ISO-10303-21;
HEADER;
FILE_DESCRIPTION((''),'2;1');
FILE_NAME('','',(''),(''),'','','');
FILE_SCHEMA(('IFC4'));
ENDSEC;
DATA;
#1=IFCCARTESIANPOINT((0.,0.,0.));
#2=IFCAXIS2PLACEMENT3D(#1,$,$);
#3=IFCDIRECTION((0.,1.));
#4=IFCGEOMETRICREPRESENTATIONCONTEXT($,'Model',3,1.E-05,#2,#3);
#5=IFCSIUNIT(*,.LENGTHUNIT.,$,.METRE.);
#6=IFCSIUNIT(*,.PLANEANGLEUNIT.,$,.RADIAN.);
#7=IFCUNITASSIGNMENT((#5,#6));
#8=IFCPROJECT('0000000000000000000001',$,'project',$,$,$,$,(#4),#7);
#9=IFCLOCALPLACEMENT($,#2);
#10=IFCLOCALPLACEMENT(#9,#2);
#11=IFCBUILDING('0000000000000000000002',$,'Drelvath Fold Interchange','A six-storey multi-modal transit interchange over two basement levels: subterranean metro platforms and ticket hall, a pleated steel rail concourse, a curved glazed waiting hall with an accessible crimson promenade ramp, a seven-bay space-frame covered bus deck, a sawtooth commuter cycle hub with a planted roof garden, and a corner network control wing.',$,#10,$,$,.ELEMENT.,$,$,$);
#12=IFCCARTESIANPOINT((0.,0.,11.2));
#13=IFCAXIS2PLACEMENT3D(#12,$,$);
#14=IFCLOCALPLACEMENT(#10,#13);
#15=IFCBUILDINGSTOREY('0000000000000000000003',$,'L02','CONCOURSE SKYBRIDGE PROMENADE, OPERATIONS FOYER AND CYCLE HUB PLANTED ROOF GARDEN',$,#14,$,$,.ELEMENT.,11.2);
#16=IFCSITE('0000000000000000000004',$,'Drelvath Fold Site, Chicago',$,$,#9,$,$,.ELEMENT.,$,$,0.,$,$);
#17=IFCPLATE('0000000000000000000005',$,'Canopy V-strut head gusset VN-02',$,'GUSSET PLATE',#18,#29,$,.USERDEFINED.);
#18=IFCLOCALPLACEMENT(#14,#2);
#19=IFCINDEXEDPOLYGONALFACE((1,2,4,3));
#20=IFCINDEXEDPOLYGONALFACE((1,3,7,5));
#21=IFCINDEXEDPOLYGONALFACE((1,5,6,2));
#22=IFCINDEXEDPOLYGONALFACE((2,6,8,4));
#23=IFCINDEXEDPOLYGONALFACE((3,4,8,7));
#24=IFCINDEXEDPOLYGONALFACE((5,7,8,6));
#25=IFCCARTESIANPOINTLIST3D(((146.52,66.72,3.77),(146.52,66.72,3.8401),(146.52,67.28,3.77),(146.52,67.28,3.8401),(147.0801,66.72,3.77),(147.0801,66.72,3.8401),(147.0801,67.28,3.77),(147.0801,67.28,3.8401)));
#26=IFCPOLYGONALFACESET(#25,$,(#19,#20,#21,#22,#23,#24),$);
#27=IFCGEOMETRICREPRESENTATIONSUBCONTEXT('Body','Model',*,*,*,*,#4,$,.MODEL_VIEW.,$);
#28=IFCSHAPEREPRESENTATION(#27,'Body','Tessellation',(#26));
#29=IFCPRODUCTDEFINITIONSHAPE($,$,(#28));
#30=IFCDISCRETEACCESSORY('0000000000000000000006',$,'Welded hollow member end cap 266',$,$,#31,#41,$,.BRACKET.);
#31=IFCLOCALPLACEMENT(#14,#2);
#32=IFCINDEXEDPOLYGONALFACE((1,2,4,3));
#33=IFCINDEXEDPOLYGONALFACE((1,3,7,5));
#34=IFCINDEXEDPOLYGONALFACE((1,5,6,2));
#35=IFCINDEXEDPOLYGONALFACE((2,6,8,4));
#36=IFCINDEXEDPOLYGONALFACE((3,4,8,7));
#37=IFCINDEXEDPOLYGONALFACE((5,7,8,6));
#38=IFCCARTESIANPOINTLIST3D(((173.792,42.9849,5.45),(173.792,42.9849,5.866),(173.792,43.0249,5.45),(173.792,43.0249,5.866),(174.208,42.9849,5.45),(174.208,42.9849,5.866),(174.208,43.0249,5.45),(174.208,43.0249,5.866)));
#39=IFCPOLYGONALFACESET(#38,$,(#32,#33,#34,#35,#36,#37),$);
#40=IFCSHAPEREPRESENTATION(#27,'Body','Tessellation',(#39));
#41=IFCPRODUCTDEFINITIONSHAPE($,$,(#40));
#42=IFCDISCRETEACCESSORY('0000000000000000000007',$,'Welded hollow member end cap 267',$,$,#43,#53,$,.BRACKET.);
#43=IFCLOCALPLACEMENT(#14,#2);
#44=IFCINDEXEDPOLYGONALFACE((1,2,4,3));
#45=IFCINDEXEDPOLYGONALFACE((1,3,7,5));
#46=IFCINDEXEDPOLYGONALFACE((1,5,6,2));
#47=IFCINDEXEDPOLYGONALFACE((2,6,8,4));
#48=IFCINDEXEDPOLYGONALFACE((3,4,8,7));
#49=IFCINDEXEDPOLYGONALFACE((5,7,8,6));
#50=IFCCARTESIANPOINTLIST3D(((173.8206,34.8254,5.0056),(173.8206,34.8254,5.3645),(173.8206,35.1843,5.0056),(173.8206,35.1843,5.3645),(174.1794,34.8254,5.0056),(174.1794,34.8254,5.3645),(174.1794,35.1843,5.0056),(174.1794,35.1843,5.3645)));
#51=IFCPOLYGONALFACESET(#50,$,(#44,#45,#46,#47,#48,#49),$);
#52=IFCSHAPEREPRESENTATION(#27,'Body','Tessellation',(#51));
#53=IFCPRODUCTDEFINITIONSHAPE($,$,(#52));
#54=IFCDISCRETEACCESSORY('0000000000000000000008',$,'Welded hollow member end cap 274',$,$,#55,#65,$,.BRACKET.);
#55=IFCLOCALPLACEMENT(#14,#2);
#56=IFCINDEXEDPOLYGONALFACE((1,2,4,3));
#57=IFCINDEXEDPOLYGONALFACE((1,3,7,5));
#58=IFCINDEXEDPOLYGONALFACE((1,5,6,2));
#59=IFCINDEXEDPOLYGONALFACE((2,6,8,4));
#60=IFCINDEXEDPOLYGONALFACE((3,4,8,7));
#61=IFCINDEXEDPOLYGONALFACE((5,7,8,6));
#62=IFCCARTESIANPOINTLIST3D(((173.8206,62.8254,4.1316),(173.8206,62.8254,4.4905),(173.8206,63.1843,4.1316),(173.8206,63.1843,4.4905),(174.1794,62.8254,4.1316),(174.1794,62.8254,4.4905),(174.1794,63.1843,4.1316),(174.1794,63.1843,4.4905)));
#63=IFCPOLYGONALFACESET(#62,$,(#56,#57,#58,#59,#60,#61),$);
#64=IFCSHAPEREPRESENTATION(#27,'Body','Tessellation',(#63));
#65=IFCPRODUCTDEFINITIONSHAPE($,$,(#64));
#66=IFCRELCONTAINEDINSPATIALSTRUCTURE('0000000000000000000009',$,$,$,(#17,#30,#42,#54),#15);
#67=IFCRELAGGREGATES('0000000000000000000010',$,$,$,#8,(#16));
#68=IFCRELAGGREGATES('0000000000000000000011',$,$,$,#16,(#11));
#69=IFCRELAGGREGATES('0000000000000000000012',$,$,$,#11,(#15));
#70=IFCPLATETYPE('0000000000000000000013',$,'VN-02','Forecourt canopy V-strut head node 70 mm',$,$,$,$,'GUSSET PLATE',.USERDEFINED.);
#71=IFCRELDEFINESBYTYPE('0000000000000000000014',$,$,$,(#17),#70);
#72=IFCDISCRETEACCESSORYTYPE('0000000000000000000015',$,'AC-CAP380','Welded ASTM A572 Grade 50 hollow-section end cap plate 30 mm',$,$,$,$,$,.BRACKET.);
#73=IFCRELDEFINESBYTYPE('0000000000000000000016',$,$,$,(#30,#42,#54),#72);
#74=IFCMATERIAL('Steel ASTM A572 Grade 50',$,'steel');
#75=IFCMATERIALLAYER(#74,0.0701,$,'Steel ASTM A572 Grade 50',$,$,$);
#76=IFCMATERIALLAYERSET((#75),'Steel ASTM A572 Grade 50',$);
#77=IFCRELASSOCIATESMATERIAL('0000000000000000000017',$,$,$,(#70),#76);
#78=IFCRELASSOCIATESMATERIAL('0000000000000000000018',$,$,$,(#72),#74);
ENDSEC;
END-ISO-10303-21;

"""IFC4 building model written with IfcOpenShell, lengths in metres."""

from ifc_helpers import new_model, si_unit, direction, frame, origin, origin_2d, place, context, subcontext, project, spatial, rectangle, extrude, material, layer, layer_set, type_object, element, save


model = new_model("IFC4")

# Units and contexts
model_context = context("Model", 3, precision=1e-05, world=origin(), true_north=direction((0.0, 1.0)))
body_context = subcontext(model_context, "Body", "Model", "MODEL_VIEW")
ifc_project = project(units=[si_unit("LENGTHUNIT", "METRE"), si_unit("PLANEANGLEUNIT", "RADIAN")], contexts=[model_context])

# Site, building, storey
site_placement = place(None, origin())
site = spatial("IfcSite", under=ifc_project, at=site_placement, Name="Drelvath Fold Site, Chicago", CompositionType="ELEMENT", RefElevation=0.0)
building_placement = place(site_placement, origin())
building = spatial("IfcBuilding", under=site, at=building_placement, Name="Drelvath Fold Interchange", Description="A six-storey multi-modal transit interchange over two basement levels: subterranean metro platforms and ticket hall, a pleated steel rail concourse, a curved glazed waiting hall with an accessible crimson promenade ramp, a seven-bay space-frame covered bus deck, a sawtooth commuter cycle hub with a planted roof garden, and a corner network control wing.", CompositionType="ELEMENT")
storey_placement = place(building_placement, frame((0.0, 0.0, 11.2)))
storey = spatial("IfcBuildingStorey", under=building, at=storey_placement, Name="L02", Description="CONCOURSE SKYBRIDGE PROMENADE, OPERATIONS FOYER AND CYCLE HUB PLANTED ROOF GARDEN", CompositionType="ELEMENT", Elevation=11.2)

# Plate
ifc_material_1 = material(Name="Steel ASTM A572 Grade 50", Category="steel")
ifc_layer_1 = layer(ifc_material_1, 0.0701, Name="Steel ASTM A572 Grade 50")
ifc_layer_set_1 = layer_set([ifc_layer_1], Name="Steel ASTM A572 Grade 50")
plate_type_1 = type_object("IfcPlateType", Name="VN-02", Description="Forecourt canopy V-strut head node 70 mm", ElementType="GUSSET PLATE", PredefinedType="USERDEFINED", material=ifc_layer_set_1)
plate_1_placement = place(storey_placement, frame((146.8, 67.0, 3.77), z_axis=(0.0, 0.0, 1.0), x_axis=(1.0, 0.0, 0.0)))
element("IfcPlate", 1, at=plate_1_placement, inside=storey, type_object=plate_type_1, Name="Canopy V-strut head gusset VN-02", ObjectType="GUSSET PLATE", PredefinedType="USERDEFINED", context=body_context, shape_type="SweptSolid", body=[
    extrude(rectangle(XDim=0.5601, YDim=0.5601, at=origin_2d()), origin(), (0.0, 0.0, 1.0), 0.0701),
])

# Discrete accessories
discrete_accessory_type = type_object("IfcDiscreteAccessoryType", Name="AC-CAP380", Description="Welded ASTM A572 Grade 50 hollow-section end cap plate 30 mm", PredefinedType="BRACKET", material=ifc_material_1)
discrete_accessory_placement = place(storey_placement, frame((174.0, 43.0049, 5.45), z_axis=(0.0, 0.0, 1.0), x_axis=(1.0, 0.0, 0.0)))
element("IfcDiscreteAccessory", 2, at=discrete_accessory_placement, inside=storey, type_object=discrete_accessory_type, Name="Welded hollow member end cap 266", PredefinedType="BRACKET", context=body_context, shape_type="SweptSolid", body=[
    extrude(rectangle(XDim=0.416, YDim=0.04, at=origin_2d()), origin(), (0.0, 0.0, 1.0), 0.416),
])
for number, where, z_axis, x_axis, name in (
    (3, (174.0, 35.0049, 5.0056), (0.0, 0.0, 1.0), (1.0, 0.0, 0.0), "Welded hollow member end cap 267"),
    (4, (174.0, 63.0049, 4.1316), (0.0, 0.0, 1.0), (1.0, 0.0, 0.0), "Welded hollow member end cap 274"),
):
    element("IfcDiscreteAccessory", number, at=place(storey_placement, frame(where, z_axis=z_axis, x_axis=x_axis)), inside=storey, type_object=discrete_accessory_type, Name=name, PredefinedType="BRACKET", context=body_context, shape_type="SweptSolid", body=[
        extrude(rectangle(XDim=0.3589, YDim=0.3589, at=origin_2d()), origin(), (0.0, 0.0, 1.0), 0.3589),
    ])

save(model, "model.ifc")
